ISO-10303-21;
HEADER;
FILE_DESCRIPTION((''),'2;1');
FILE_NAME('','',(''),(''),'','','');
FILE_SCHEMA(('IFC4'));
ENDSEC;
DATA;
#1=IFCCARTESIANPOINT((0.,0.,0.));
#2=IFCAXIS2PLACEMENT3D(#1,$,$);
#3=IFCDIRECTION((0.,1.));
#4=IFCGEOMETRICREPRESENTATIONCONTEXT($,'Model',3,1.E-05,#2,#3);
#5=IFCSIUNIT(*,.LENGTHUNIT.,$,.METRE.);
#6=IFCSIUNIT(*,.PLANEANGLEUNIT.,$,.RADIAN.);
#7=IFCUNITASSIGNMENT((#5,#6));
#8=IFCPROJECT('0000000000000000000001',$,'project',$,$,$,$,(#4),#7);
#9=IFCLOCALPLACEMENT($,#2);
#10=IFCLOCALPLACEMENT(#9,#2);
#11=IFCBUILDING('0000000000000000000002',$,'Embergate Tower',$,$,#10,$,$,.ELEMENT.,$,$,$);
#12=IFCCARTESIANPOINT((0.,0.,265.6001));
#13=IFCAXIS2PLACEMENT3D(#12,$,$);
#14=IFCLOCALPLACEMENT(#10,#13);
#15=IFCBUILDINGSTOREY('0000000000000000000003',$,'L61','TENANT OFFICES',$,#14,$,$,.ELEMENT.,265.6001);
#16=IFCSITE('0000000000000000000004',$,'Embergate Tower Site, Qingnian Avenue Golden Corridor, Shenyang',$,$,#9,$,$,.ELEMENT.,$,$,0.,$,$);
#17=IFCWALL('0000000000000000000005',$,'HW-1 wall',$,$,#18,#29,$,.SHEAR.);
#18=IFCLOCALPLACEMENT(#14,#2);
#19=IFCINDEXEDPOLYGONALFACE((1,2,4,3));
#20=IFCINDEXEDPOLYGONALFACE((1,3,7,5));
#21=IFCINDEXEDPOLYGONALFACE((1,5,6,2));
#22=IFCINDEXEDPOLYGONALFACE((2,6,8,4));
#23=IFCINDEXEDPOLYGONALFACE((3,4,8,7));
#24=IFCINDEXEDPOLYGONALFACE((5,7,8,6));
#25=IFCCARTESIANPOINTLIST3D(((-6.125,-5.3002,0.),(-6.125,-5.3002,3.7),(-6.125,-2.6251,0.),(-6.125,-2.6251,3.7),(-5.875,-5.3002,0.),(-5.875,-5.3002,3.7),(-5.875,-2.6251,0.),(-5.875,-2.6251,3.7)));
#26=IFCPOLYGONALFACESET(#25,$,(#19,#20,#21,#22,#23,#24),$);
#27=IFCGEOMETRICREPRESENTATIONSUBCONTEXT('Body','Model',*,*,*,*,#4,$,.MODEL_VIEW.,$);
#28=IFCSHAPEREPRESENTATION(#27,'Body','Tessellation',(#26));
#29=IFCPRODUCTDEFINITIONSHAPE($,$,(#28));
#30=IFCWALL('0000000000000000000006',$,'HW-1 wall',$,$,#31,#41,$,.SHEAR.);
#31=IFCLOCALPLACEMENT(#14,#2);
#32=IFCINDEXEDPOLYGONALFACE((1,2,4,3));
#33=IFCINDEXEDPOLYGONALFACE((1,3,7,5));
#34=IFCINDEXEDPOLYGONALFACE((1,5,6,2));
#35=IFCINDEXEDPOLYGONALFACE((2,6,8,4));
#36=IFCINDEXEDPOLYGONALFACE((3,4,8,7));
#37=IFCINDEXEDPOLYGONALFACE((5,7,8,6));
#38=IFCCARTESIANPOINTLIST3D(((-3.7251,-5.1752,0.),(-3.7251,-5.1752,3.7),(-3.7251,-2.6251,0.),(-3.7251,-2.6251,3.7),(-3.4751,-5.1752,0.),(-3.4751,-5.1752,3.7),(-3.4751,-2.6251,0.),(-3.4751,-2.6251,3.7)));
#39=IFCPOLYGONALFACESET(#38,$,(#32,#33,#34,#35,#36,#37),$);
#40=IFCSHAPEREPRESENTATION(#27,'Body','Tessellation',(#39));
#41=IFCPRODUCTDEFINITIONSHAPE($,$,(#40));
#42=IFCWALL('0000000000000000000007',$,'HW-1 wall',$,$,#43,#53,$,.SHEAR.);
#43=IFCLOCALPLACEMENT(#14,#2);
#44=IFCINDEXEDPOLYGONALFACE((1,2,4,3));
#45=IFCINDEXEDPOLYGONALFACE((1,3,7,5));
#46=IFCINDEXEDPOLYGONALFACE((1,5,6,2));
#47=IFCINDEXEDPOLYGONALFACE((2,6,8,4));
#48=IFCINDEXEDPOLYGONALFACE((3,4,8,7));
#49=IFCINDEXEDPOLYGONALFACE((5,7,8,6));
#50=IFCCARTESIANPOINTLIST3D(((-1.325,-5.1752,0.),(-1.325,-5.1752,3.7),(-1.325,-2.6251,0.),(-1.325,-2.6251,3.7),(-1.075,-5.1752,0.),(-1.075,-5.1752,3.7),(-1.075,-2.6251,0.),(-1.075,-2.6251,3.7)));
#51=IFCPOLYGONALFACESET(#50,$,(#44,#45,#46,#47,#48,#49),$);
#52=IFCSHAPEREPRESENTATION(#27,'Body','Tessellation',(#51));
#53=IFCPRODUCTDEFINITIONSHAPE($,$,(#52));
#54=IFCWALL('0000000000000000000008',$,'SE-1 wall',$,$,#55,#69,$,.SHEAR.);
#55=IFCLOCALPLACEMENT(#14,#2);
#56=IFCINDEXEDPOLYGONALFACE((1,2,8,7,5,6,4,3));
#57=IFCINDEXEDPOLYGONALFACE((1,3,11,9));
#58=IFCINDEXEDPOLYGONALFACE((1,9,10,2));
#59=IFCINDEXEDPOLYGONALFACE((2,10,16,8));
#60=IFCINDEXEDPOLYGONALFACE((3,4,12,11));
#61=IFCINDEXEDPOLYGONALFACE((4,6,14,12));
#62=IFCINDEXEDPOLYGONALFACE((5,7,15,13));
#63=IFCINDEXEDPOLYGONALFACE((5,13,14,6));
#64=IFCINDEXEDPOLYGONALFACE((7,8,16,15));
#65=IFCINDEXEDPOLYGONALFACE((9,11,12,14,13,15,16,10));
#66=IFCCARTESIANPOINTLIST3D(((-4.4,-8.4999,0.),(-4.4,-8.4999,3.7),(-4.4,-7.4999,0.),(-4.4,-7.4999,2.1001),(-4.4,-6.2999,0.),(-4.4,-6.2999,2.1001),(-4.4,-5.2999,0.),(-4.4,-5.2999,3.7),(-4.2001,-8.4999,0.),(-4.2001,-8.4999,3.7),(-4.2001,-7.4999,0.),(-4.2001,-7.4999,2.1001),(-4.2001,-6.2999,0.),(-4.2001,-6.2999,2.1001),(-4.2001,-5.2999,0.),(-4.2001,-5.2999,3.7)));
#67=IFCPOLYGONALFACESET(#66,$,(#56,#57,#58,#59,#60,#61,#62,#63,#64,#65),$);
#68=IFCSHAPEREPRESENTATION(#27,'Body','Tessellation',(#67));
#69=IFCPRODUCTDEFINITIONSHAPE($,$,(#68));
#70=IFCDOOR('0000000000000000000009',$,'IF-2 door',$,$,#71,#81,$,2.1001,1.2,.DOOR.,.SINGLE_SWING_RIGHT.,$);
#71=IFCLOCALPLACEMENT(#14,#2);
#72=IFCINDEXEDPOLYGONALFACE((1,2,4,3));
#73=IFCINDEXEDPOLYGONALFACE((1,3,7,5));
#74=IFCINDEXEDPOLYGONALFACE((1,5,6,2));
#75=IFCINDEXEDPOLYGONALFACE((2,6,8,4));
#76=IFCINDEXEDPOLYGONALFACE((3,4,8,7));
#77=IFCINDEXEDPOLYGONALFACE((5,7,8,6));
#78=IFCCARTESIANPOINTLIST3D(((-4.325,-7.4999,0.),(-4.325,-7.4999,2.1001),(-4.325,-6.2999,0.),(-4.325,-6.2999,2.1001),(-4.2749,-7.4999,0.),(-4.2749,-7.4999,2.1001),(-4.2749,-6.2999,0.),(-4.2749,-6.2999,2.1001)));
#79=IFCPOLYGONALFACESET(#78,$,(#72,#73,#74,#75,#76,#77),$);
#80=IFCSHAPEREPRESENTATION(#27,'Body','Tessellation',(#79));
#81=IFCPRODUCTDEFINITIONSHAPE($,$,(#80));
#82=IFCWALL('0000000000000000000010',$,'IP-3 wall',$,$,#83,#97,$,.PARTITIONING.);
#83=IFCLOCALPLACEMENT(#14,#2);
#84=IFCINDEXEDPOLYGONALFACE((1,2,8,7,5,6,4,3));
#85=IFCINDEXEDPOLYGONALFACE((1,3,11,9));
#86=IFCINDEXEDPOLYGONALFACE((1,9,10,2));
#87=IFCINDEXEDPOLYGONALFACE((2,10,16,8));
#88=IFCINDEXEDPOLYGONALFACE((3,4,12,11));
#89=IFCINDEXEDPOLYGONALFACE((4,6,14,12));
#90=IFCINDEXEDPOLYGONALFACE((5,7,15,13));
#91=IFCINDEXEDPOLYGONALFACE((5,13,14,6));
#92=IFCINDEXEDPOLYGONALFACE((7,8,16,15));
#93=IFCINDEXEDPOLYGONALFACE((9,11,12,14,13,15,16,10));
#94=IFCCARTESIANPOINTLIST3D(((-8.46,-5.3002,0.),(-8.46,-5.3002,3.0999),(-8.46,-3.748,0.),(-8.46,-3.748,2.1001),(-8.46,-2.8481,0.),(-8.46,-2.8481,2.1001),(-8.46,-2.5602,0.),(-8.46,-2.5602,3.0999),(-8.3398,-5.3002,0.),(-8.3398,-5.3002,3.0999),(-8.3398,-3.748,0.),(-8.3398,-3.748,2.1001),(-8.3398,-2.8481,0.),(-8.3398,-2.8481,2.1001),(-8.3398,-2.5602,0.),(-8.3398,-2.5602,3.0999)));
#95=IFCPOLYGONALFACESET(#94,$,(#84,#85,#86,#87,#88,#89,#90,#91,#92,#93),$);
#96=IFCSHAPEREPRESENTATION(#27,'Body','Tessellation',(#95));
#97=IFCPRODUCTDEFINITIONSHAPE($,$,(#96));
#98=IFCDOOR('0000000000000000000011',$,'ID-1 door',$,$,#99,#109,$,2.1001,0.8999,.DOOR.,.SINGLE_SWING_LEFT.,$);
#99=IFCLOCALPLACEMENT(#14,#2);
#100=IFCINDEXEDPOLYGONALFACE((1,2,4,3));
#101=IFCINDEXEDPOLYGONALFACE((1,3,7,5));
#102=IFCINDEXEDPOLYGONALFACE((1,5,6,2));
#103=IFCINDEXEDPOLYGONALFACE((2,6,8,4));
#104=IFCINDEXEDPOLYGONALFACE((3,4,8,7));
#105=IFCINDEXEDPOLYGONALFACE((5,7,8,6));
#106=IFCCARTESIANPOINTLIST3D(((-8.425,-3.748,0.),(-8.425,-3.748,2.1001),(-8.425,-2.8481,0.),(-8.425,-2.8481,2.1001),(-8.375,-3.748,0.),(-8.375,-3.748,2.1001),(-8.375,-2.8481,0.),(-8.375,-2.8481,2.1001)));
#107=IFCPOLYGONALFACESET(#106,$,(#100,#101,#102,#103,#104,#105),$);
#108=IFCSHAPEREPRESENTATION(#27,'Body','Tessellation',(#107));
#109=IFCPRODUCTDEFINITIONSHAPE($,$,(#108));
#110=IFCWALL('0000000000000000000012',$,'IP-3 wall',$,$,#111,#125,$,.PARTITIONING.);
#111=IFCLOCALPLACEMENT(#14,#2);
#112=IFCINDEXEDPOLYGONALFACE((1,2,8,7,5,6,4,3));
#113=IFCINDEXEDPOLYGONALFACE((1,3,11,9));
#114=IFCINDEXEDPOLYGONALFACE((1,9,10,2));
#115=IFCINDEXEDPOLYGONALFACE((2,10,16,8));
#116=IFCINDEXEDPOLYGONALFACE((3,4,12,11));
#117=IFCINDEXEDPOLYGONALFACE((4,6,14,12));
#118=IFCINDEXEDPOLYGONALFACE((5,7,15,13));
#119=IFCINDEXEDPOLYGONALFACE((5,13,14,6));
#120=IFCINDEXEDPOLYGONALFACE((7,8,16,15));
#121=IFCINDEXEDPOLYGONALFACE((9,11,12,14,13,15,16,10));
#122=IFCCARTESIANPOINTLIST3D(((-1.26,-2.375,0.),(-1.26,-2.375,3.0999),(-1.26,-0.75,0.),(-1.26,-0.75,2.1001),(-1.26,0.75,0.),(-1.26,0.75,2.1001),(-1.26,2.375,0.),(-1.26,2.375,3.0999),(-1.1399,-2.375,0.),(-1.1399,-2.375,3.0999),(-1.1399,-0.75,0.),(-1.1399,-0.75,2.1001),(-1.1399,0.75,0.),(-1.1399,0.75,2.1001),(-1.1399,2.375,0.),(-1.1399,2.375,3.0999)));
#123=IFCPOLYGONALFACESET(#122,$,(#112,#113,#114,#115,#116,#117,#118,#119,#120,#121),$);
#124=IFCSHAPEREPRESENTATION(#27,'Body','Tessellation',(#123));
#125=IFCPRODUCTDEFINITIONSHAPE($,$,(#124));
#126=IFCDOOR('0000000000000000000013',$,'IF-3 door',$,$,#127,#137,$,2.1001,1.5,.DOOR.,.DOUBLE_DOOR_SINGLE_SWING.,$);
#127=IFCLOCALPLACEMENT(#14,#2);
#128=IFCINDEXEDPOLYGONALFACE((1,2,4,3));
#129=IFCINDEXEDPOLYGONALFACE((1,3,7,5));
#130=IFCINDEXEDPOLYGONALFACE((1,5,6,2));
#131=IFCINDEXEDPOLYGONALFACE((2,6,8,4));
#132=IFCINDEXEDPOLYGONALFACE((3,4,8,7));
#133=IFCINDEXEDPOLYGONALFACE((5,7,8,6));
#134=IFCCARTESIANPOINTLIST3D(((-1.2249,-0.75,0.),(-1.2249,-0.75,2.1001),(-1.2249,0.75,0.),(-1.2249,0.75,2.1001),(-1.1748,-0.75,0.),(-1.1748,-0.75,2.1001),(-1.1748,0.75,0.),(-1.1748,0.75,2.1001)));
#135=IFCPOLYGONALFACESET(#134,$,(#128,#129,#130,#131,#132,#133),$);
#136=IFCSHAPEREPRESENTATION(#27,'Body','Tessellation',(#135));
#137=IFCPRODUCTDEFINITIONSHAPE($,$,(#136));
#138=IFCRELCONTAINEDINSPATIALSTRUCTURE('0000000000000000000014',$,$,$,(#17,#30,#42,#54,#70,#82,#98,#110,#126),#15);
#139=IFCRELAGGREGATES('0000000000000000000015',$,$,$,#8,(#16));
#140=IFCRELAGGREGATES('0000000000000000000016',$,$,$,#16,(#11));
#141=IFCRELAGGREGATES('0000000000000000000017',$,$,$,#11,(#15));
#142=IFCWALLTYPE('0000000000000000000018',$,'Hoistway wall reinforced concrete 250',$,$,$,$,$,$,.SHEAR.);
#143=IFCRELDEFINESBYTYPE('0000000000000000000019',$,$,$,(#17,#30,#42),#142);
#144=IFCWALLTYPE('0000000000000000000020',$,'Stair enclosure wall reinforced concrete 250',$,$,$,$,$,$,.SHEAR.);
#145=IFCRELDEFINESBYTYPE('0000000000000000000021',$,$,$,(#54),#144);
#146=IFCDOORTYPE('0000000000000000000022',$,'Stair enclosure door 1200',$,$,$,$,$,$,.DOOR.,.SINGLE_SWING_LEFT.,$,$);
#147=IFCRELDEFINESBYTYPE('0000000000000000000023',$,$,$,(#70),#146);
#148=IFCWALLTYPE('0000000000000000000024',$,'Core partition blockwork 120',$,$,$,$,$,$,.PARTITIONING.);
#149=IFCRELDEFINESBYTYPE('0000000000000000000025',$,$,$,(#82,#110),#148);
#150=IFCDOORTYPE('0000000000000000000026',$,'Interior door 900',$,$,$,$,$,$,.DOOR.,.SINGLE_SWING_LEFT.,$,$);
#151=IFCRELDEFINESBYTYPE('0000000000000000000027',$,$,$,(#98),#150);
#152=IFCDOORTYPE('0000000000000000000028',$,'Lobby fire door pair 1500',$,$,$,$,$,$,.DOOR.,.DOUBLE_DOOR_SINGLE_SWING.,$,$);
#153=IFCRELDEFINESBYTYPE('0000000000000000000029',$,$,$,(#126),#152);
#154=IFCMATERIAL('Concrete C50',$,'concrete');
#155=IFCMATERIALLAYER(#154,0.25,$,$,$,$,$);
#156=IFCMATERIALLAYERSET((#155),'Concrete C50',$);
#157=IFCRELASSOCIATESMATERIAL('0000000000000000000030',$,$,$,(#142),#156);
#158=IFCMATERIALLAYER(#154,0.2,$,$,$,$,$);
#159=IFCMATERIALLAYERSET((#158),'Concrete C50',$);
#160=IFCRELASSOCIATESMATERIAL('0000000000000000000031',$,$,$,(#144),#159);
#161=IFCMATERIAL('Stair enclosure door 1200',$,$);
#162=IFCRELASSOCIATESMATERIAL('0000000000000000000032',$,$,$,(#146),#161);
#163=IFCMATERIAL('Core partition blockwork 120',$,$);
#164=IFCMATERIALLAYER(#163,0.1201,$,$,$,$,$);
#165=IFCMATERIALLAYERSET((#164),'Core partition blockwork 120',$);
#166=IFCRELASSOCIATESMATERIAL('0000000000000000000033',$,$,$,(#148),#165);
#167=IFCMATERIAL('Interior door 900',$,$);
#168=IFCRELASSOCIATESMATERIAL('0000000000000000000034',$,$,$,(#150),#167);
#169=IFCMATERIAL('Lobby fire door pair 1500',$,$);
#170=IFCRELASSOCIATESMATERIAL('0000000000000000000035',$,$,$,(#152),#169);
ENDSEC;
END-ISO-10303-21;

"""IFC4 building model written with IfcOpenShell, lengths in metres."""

from ifc_helpers import new_model, si_unit, direction, frame, frame_2d, origin, place, context, subcontext, project, spatial, rectangle, extrude, source, transform, mapped, material, layer, layer_set, type_object, element, fill, save


model = new_model("IFC4")

# Units and contexts
model_context = context("Model", 3, precision=1e-05, world=origin(), true_north=direction((0.0, 1.0)))
body_context = subcontext(model_context, "Body", "Model", "MODEL_VIEW")
ifc_project = project(units=[si_unit("LENGTHUNIT", "METRE"), si_unit("PLANEANGLEUNIT", "RADIAN")], contexts=[model_context])

# Site, building, storey
site_placement = place(None, origin())
site = spatial("IfcSite", under=ifc_project, at=site_placement, Name="Embergate Tower Site, Qingnian Avenue Golden Corridor, Shenyang", CompositionType="ELEMENT", RefElevation=0.0)
building_placement = place(site_placement, origin())
building = spatial("IfcBuilding", under=site, at=building_placement, Name="Embergate Tower", CompositionType="ELEMENT")
storey_placement = place(building_placement, frame((0.0, 0.0, 265.6001)))
storey = spatial("IfcBuildingStorey", under=building, at=storey_placement, Name="L61", Description="TENANT OFFICES", CompositionType="ELEMENT", Elevation=265.6001)

# Walls
ifc_material_1 = material(Name="Concrete C50", Category="concrete")
ifc_layer_1 = layer(ifc_material_1, 0.25)
ifc_layer_set_1 = layer_set([ifc_layer_1], Name="Concrete C50")
wall_type_1 = type_object("IfcWallType", Name="Hoistway wall reinforced concrete 250", PredefinedType="SHEAR", material=ifc_layer_set_1)
shared_shape_1 = source(origin(), body_context, "Body", "SweptSolid", [
    extrude(rectangle(XDim=2.675, YDim=0.25, at=frame_2d((1.3374, 0.0))), origin(), (0.0, 0.0, 1.0), 3.7),
])
wall_1_placement = place(storey_placement, frame((-6.0, -5.3, 0.0), z_axis=(0.0, 0.0, 1.0), x_axis=(0.0, 1.0, 0.0)))
element("IfcWall", 1, at=wall_1_placement, inside=storey, type_object=wall_type_1, Name="HW-1 wall", PredefinedType="SHEAR", context=body_context, shape_type="MappedRepresentation", body=[
    mapped(shared_shape_1, transform((0.0, 0.0, 0.0))),
])
shared_shape_2 = source(origin(), body_context, "Body", "SweptSolid", [
    extrude(rectangle(XDim=2.55, YDim=0.25, at=frame_2d((1.2749, 0.0))), origin(), (0.0, 0.0, 1.0), 3.7),
])
for number, where, z_axis, x_axis, name in (
    (2, (-3.6001, -5.175, 0.0), (0.0, 0.0, 1.0), (0.0, 1.0, 0.0), "HW-1 wall"),
    (3, (-1.2, -5.175, 0.0), (0.0, 0.0, 1.0), (0.0, 1.0, 0.0), "HW-1 wall"),
):
    element("IfcWall", number, at=place(storey_placement, frame(where, z_axis=z_axis, x_axis=x_axis)), inside=storey, type_object=wall_type_1, Name=name, PredefinedType="SHEAR", context=body_context, shape_type="MappedRepresentation", body=[
        mapped(shared_shape_2, transform((0.0, 0.0, 0.0))),
    ])

# Walls, openings, doors
ifc_layer_2 = layer(ifc_material_1, 0.2)
ifc_layer_set_2 = layer_set([ifc_layer_2], Name="Concrete C50")
wall_type_2 = type_object("IfcWallType", Name="Stair enclosure wall reinforced concrete 250", PredefinedType="SHEAR", material=ifc_layer_set_2)
shared_shape_3 = source(origin(), body_context, "Body", "SweptSolid", [
    extrude(rectangle(XDim=3.2, YDim=0.2, at=frame_2d((1.6001, 0.0))), origin(), (0.0, 0.0, 1.0), 3.7),
])
wall_2_placement = place(storey_placement, frame((-4.3, -8.5, 0.0), z_axis=(0.0, 0.0, 1.0), x_axis=(0.0, 1.0, 0.0)))
wall_2 = element("IfcWall", 4, at=wall_2_placement, inside=storey, type_object=wall_type_2, Name="SE-1 wall", PredefinedType="SHEAR", context=body_context, shape_type="MappedRepresentation", body=[
    mapped(shared_shape_3, transform((0.0, 0.0, 0.0))),
])
shared_shape_4 = source(origin(), body_context, "Body", "SweptSolid", [
    extrude(rectangle(XDim=1.2, YDim=2.1001, at=frame_2d((0.6001, 1.05))), frame((0.0, 0.1099, 0.0), z_axis=(0.0, -1.0, 0.0), x_axis=(1.0, 0.0, 0.0)), (0.0, 0.0, 1.0), 0.22),
])
opening_1_placement = place(wall_2_placement, frame((1.0, 0.0, 0.0)))
opening_1 = element("IfcOpeningElement", 5, at=opening_1_placement, cuts=wall_2, PredefinedType="OPENING", context=body_context, shape_type="MappedRepresentation", body=[
    mapped(shared_shape_4, transform((0.0, 0.0, 0.0))),
])
ifc_material_2 = material(Name="Stair enclosure door 1200")
door_type_1 = type_object("IfcDoorType", Name="Stair enclosure door 1200", OperationType="SINGLE_SWING_LEFT", PredefinedType="DOOR", material=ifc_material_2)
shared_shape_5 = source(origin(), body_context, "Body", "SweptSolid", [
    extrude(rectangle(XDim=1.2, YDim=2.1001, at=frame_2d((0.6001, 1.05))), frame((0.0, 0.0249, 0.0), z_axis=(0.0, -1.0, 0.0), x_axis=(1.0, 0.0, 0.0)), (0.0, 0.0, 1.0), 0.05),
])
door_1_placement = place(opening_1_placement, origin())
door_1 = element("IfcDoor", 6, at=door_1_placement, inside=storey, type_object=door_type_1, Name="IF-2 door", OperationType="SINGLE_SWING_RIGHT", OverallHeight=2.1001, OverallWidth=1.2, PredefinedType="DOOR", context=body_context, shape_type="MappedRepresentation", body=[
    mapped(shared_shape_5, transform((0.0, 0.0, 0.0))),
])
fill(opening_1, door_1)
ifc_material_3 = material(Name="Core partition blockwork 120")
ifc_layer_3 = layer(ifc_material_3, 0.1201)
ifc_layer_set_3 = layer_set([ifc_layer_3], Name="Core partition blockwork 120")
wall_type_3 = type_object("IfcWallType", Name="Core partition blockwork 120", PredefinedType="PARTITIONING", material=ifc_layer_set_3)
shared_shape_6 = source(origin(), body_context, "Body", "SweptSolid", [
    extrude(rectangle(XDim=2.74, YDim=0.1201, at=frame_2d((1.3701, 0.0))), origin(), (0.0, 0.0, 1.0), 3.0999),
])
wall_3_placement = place(storey_placement, frame((-8.3999, -2.5601, 0.0), z_axis=(0.0, 0.0, 1.0), x_axis=(0.0, -1.0, 0.0)))
wall_3 = element("IfcWall", 7, at=wall_3_placement, inside=storey, type_object=wall_type_3, Name="IP-3 wall", PredefinedType="PARTITIONING", context=body_context, shape_type="MappedRepresentation", body=[
    mapped(shared_shape_6, transform((0.0, 0.0, 0.0))),
])
shared_shape_7 = source(origin(), body_context, "Body", "SweptSolid", [
    extrude(rectangle(XDim=0.8999, YDim=2.1001, at=frame_2d((0.45, 1.05))), frame((0.0, 0.0701, 0.0), z_axis=(0.0, -1.0, 0.0), x_axis=(1.0, 0.0, 0.0)), (0.0, 0.0, 1.0), 0.1401),
])
opening_2_placement = place(wall_3_placement, frame((0.2881, 0.0, 0.0)))
opening_2 = element("IfcOpeningElement", 8, at=opening_2_placement, cuts=wall_3, PredefinedType="OPENING", context=body_context, shape_type="MappedRepresentation", body=[
    mapped(shared_shape_7, transform((0.0, 0.0, 0.0))),
])
ifc_material_4 = material(Name="Interior door 900")
door_type_2 = type_object("IfcDoorType", Name="Interior door 900", OperationType="SINGLE_SWING_LEFT", PredefinedType="DOOR", material=ifc_material_4)
shared_shape_8 = source(origin(), body_context, "Body", "SweptSolid", [
    extrude(rectangle(XDim=0.8999, YDim=2.1001, at=frame_2d((0.45, 1.05))), frame((0.0, 0.0249, 0.0), z_axis=(0.0, -1.0, 0.0), x_axis=(1.0, 0.0, 0.0)), (0.0, 0.0, 1.0), 0.05),
])
door_2_placement = place(opening_2_placement, origin())
door_2 = element("IfcDoor", 9, at=door_2_placement, inside=storey, type_object=door_type_2, Name="ID-1 door", OperationType="SINGLE_SWING_LEFT", OverallHeight=2.1001, OverallWidth=0.8999, PredefinedType="DOOR", context=body_context, shape_type="MappedRepresentation", body=[
    mapped(shared_shape_8, transform((0.0, 0.0, 0.0))),
])
fill(opening_2, door_2)
shared_shape_9 = source(origin(), body_context, "Body", "SweptSolid", [
    extrude(rectangle(XDim=4.75, YDim=0.1201, at=frame_2d((2.375, 0.0))), origin(), (0.0, 0.0, 1.0), 3.0999),
])
wall_4_placement = place(storey_placement, frame((-1.2, -2.375, 0.0), z_axis=(0.0, 0.0, 1.0), x_axis=(0.0, 1.0, 0.0)))
wall_4 = element("IfcWall", 10, at=wall_4_placement, inside=storey, type_object=wall_type_3, Name="IP-3 wall", PredefinedType="PARTITIONING", context=body_context, shape_type="MappedRepresentation", body=[
    mapped(shared_shape_9, transform((0.0, 0.0, 0.0))),
])
shared_shape_10 = source(origin(), body_context, "Body", "SweptSolid", [
    extrude(rectangle(XDim=1.5, YDim=2.1001, at=frame_2d((0.75, 1.05))), frame((0.0, 0.0701, 0.0), z_axis=(0.0, -1.0, 0.0), x_axis=(1.0, 0.0, 0.0)), (0.0, 0.0, 1.0), 0.1401),
])
opening_3_placement = place(wall_4_placement, frame((1.625, 0.0, 0.0)))
opening_3 = element("IfcOpeningElement", 11, at=opening_3_placement, cuts=wall_4, PredefinedType="OPENING", context=body_context, shape_type="MappedRepresentation", body=[
    mapped(shared_shape_10, transform((0.0, 0.0, 0.0))),
])
ifc_material_5 = material(Name="Lobby fire door pair 1500")
door_type_3 = type_object("IfcDoorType", Name="Lobby fire door pair 1500", OperationType="DOUBLE_DOOR_SINGLE_SWING", PredefinedType="DOOR", material=ifc_material_5)
shared_shape_11 = source(origin(), body_context, "Body", "SweptSolid", [
    extrude(rectangle(XDim=1.5, YDim=2.1001, at=frame_2d((0.75, 1.05))), frame((0.0, 0.0249, 0.0), z_axis=(0.0, -1.0, 0.0), x_axis=(1.0, 0.0, 0.0)), (0.0, 0.0, 1.0), 0.05),
])
door_3_placement = place(opening_3_placement, origin())
door_3 = element("IfcDoor", 12, at=door_3_placement, inside=storey, type_object=door_type_3, Name="IF-3 door", OperationType="DOUBLE_DOOR_SINGLE_SWING", OverallHeight=2.1001, OverallWidth=1.5, PredefinedType="DOOR", context=body_context, shape_type="MappedRepresentation", body=[
    mapped(shared_shape_11, transform((0.0, 0.0, 0.0))),
])
fill(opening_3, door_3)

save(model, "model.ifc")
